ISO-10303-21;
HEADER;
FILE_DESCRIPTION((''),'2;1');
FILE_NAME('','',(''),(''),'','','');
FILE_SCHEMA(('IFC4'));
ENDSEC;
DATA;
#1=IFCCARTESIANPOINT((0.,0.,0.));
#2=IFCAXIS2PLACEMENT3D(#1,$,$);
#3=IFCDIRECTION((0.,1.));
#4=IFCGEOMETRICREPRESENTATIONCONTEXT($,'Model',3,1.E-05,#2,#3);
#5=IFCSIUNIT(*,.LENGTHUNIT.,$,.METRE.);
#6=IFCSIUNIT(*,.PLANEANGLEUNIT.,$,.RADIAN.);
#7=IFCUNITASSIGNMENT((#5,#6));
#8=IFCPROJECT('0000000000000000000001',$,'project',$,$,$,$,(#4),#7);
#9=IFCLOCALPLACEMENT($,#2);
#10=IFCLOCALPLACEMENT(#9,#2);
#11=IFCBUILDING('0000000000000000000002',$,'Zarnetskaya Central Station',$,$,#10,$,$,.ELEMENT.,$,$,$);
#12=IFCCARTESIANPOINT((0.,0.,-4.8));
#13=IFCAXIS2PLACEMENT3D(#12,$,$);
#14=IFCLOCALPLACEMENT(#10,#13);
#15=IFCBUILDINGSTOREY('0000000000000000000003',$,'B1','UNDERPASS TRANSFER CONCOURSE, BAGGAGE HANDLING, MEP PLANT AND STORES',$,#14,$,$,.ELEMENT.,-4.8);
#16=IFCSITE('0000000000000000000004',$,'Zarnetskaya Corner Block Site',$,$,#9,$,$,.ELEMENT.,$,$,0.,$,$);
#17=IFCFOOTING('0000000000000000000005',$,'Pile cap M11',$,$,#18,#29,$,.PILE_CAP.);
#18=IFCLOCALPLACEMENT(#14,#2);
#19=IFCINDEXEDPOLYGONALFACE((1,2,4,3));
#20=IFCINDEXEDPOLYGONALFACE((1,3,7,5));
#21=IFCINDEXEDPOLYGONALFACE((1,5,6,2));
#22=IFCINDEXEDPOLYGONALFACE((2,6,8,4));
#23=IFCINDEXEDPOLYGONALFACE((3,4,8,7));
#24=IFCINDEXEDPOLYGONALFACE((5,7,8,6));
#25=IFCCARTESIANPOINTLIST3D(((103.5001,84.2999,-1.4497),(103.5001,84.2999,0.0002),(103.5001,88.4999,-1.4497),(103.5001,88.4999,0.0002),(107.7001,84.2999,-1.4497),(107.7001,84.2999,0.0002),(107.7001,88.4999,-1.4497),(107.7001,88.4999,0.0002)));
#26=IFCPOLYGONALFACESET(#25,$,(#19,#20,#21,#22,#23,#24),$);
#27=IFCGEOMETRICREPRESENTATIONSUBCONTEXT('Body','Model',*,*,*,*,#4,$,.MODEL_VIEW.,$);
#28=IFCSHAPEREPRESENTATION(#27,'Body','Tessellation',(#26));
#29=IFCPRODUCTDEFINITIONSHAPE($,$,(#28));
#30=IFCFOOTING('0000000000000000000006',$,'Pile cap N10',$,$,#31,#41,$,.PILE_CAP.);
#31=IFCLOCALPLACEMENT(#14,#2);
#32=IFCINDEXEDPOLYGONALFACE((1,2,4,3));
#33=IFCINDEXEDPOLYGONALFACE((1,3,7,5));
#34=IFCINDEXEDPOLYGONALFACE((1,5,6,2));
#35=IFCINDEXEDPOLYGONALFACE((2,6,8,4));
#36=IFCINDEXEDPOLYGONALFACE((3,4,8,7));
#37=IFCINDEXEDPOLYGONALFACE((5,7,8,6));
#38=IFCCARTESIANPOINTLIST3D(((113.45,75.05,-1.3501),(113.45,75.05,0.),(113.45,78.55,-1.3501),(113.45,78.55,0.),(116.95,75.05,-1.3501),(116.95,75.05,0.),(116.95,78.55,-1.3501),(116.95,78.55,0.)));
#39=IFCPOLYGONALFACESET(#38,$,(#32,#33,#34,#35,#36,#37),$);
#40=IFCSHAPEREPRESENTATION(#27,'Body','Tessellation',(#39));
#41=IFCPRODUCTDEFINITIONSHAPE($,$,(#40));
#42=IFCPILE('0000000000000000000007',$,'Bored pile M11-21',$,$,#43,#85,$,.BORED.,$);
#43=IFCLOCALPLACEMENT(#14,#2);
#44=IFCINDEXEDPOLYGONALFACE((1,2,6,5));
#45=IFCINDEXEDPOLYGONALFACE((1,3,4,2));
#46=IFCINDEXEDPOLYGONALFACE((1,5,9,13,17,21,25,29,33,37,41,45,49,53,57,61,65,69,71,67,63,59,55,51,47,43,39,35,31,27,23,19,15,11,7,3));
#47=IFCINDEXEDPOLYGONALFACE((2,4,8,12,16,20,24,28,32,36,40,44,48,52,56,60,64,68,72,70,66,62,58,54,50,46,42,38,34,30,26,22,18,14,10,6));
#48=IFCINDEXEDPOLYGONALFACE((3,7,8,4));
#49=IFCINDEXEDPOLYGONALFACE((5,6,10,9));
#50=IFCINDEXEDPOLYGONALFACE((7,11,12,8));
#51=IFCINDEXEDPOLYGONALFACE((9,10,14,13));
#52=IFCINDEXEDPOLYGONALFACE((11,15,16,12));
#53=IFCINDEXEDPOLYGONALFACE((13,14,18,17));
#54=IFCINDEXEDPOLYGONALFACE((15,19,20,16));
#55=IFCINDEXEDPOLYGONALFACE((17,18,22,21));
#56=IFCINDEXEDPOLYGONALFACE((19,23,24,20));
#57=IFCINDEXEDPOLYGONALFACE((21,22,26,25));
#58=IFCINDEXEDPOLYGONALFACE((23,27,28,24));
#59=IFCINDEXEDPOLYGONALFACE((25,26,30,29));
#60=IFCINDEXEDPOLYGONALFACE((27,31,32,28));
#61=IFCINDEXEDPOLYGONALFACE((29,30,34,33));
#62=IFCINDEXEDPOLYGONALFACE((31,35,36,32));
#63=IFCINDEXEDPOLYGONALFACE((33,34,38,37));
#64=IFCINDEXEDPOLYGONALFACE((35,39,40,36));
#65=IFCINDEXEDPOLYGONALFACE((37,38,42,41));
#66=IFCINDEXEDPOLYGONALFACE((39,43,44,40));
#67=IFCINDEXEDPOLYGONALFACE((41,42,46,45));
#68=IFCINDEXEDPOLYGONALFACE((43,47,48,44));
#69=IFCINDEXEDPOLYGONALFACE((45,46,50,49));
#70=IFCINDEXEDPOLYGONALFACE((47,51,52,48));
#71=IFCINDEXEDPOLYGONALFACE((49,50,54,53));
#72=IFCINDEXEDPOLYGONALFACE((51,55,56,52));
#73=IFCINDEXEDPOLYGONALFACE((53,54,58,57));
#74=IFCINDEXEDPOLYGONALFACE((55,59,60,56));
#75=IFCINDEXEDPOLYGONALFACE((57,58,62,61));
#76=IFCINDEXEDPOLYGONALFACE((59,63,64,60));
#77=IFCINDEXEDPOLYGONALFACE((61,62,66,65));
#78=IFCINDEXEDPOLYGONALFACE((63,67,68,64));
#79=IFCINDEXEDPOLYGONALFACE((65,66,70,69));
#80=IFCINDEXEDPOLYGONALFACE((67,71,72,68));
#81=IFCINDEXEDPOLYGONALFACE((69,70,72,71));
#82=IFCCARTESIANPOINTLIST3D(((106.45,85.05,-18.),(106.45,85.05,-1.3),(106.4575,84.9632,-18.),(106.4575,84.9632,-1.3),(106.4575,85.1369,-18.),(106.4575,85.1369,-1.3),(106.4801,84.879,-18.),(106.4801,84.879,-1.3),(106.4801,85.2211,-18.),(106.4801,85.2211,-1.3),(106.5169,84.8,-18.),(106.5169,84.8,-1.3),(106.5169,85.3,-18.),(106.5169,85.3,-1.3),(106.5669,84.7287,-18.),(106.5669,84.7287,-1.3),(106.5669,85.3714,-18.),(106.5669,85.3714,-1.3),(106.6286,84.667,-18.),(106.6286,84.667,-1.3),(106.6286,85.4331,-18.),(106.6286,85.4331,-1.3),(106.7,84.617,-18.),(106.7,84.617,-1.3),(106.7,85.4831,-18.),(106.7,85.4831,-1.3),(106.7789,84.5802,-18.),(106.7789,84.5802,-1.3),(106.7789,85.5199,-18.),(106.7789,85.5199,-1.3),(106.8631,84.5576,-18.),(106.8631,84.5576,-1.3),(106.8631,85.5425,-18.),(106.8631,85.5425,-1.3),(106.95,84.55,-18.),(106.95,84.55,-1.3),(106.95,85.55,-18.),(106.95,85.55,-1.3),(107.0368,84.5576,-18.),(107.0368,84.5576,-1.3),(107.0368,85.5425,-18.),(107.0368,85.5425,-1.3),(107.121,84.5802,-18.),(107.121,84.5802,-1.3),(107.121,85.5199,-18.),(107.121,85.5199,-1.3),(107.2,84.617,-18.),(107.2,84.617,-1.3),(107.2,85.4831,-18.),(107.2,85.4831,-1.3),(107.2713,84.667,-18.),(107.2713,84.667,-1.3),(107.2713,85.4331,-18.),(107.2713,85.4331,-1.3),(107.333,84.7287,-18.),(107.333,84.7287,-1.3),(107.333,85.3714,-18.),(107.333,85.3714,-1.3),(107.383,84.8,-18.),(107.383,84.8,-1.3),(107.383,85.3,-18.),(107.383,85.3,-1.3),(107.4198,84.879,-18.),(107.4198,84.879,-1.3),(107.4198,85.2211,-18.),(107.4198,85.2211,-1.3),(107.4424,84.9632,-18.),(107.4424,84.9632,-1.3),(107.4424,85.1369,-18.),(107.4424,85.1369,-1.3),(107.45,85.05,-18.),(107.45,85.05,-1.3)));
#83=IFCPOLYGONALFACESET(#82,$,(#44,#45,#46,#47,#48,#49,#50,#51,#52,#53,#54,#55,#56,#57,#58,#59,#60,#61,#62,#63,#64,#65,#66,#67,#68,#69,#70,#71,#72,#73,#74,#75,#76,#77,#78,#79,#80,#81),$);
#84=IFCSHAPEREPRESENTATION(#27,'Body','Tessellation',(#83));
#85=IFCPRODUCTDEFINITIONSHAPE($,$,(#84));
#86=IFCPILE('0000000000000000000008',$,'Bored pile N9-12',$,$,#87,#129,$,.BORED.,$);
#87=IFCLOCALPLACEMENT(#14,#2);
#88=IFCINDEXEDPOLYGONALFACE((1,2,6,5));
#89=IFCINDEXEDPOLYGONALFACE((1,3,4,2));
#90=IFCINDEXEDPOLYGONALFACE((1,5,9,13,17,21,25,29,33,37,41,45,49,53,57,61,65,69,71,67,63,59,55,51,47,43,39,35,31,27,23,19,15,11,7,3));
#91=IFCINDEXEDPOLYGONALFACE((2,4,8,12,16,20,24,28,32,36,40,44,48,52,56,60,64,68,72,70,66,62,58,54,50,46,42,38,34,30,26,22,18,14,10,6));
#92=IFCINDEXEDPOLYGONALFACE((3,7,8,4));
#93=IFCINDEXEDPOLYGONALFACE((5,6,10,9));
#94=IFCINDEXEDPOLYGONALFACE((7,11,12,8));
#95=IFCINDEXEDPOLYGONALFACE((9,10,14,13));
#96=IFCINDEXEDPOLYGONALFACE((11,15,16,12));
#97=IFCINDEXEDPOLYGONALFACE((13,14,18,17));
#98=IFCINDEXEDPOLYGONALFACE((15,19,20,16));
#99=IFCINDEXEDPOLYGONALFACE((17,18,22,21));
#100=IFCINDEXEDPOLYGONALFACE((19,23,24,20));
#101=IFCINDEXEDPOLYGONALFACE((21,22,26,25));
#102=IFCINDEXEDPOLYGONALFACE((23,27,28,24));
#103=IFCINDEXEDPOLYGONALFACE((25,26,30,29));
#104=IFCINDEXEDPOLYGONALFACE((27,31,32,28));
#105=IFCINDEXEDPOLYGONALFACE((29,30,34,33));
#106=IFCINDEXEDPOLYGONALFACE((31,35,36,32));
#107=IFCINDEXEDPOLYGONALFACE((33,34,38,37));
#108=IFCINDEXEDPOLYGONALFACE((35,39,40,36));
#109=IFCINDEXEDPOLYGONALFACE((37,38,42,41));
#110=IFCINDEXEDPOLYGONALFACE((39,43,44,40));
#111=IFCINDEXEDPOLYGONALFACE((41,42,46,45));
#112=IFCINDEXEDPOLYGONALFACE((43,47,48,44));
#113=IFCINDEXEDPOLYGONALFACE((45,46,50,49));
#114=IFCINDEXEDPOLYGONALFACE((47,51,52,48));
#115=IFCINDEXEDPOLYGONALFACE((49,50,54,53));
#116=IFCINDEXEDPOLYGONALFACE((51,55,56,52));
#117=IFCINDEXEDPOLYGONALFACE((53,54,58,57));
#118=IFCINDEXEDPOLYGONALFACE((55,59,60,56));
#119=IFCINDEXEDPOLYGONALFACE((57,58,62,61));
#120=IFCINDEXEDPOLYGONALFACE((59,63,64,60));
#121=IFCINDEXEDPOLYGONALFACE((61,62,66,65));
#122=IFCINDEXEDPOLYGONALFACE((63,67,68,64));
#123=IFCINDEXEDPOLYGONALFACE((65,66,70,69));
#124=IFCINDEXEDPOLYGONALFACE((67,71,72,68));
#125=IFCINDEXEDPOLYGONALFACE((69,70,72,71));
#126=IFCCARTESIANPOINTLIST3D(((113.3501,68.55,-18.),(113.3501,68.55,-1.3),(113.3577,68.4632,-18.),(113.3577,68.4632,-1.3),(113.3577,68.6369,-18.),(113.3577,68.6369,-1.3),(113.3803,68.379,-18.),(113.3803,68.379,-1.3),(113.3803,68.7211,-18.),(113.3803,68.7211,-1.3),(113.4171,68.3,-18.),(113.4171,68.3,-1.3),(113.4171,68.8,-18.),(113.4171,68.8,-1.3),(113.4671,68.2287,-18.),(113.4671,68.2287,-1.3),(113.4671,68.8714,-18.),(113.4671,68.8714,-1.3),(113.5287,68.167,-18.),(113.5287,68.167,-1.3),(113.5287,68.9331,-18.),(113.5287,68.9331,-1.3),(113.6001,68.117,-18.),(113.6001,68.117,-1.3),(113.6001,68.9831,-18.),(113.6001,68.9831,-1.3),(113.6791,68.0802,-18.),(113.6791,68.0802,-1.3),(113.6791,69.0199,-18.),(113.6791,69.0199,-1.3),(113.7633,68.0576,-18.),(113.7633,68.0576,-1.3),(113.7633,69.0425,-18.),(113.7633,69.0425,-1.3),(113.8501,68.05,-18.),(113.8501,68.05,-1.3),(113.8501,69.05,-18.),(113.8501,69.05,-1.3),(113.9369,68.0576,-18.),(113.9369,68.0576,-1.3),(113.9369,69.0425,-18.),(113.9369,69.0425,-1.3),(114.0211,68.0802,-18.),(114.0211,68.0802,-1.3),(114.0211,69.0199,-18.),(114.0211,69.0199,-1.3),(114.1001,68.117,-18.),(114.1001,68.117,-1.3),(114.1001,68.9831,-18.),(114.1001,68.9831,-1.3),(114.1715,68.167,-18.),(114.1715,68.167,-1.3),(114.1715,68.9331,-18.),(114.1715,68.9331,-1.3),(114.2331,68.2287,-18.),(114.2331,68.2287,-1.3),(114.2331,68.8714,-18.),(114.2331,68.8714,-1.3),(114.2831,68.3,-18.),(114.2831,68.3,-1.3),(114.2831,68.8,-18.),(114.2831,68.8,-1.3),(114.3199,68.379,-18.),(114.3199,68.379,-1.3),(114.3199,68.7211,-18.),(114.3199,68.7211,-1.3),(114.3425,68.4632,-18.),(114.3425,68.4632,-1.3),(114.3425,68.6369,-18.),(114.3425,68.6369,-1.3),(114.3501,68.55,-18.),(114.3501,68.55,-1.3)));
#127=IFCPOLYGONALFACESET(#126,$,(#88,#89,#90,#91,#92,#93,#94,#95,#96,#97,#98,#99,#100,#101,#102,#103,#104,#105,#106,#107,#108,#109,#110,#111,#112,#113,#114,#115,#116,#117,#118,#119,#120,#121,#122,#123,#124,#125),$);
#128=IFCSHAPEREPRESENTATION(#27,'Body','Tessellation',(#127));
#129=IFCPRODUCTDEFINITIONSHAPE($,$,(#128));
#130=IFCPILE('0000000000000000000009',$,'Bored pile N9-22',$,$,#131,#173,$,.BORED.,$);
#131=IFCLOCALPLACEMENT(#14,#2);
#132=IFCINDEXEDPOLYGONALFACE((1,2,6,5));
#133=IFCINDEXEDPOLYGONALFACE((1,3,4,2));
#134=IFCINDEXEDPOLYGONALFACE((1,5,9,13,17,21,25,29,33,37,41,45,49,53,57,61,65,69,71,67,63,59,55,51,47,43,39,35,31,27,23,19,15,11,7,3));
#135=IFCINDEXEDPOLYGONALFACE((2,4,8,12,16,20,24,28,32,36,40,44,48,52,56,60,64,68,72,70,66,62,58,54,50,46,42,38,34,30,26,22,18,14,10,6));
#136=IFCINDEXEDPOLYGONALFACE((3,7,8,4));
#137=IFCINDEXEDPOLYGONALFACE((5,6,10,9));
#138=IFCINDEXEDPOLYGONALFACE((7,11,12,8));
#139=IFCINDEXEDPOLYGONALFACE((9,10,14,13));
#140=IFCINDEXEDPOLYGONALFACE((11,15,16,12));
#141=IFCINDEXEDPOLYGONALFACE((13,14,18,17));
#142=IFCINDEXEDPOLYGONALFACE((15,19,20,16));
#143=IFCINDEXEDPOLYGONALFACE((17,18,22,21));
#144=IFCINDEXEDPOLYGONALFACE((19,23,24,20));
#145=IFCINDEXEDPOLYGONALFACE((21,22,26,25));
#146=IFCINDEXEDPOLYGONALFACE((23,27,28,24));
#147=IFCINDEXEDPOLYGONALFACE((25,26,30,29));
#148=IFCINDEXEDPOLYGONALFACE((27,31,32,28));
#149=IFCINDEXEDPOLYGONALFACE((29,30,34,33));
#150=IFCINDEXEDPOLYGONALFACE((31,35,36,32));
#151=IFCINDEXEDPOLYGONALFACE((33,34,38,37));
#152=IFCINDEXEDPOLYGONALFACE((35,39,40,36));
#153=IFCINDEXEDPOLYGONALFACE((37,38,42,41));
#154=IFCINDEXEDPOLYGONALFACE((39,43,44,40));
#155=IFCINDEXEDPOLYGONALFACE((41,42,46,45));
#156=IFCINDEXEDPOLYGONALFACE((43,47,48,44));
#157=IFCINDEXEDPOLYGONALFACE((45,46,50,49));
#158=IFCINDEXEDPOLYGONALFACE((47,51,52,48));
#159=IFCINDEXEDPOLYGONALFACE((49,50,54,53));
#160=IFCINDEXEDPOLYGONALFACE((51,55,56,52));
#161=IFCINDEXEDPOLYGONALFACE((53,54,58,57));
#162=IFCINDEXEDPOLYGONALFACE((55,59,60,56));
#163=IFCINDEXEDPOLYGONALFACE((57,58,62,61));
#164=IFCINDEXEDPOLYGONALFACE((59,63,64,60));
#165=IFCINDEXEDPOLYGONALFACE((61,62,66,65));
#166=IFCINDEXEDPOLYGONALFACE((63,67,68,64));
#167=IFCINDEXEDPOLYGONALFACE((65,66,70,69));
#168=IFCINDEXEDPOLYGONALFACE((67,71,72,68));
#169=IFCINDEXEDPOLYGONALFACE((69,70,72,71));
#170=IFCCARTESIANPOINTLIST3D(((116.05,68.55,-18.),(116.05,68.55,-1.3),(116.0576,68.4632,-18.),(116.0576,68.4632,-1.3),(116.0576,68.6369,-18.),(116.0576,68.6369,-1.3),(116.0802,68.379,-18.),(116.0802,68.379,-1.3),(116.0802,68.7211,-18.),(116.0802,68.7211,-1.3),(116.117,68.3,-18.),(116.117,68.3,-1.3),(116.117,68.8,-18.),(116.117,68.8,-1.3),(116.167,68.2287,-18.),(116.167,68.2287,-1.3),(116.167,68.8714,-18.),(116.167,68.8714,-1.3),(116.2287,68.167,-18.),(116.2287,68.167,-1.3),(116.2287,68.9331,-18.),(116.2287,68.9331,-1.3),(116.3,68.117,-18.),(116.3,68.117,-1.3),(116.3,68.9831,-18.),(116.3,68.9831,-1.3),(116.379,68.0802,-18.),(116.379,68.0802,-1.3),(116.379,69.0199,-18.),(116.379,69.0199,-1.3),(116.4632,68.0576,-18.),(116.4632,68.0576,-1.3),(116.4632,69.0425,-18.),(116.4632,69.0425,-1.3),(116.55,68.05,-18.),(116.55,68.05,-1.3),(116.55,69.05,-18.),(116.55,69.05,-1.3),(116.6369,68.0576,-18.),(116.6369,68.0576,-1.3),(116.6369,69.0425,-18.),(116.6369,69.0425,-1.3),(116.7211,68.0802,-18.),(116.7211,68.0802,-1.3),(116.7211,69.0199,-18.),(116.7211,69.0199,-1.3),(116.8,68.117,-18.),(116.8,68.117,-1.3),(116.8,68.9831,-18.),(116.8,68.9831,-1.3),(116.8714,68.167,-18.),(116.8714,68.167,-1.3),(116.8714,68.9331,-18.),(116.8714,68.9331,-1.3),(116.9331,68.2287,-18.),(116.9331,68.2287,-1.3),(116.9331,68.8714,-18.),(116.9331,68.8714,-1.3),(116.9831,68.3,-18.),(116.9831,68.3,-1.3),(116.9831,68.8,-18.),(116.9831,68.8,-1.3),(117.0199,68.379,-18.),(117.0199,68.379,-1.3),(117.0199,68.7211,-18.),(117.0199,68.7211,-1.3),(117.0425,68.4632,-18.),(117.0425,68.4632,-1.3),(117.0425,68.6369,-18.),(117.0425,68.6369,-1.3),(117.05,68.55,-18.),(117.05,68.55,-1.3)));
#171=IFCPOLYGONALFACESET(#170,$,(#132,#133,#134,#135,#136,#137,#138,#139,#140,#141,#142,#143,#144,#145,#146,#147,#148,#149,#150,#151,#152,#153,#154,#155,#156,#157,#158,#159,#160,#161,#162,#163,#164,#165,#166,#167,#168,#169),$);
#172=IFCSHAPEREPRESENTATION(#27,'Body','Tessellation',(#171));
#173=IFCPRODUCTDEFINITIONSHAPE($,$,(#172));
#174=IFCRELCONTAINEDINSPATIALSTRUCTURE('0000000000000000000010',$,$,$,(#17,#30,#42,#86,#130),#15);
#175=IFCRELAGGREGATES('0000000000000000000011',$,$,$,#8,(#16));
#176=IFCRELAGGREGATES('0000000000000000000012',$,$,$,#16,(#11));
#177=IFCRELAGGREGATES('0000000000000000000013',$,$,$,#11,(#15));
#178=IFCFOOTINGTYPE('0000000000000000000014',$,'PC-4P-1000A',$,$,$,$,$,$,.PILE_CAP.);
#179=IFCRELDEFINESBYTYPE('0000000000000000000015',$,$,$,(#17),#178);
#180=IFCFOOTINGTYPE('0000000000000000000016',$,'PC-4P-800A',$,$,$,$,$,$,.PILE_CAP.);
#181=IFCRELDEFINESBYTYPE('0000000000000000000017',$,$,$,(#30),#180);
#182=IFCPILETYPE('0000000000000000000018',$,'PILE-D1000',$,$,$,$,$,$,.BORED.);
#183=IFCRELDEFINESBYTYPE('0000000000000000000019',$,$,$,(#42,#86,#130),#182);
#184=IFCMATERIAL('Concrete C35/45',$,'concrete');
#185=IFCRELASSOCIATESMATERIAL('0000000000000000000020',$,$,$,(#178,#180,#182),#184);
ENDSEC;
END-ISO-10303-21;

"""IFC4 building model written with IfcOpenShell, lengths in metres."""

from ifc_helpers import new_model, si_unit, direction, frame, origin, origin_2d, place, context, subcontext, project, spatial, rectangle, circle, extrude, material, material_profile, profile_set, type_object, element, save


model = new_model("IFC4")

# Units and contexts
model_context = context("Model", 3, precision=1e-05, world=origin(), true_north=direction((0.0, 1.0)))
body_context = subcontext(model_context, "Body", "Model", "MODEL_VIEW")
ifc_project = project(units=[si_unit("LENGTHUNIT", "METRE"), si_unit("PLANEANGLEUNIT", "RADIAN")], contexts=[model_context])

# Site, building, storey
site_placement = place(None, origin())
site = spatial("IfcSite", under=ifc_project, at=site_placement, Name="Zarnetskaya Corner Block Site", CompositionType="ELEMENT", RefElevation=0.0)
building_placement = place(site_placement, origin())
building = spatial("IfcBuilding", under=site, at=building_placement, Name="Zarnetskaya Central Station", CompositionType="ELEMENT")
storey_placement = place(building_placement, frame((0.0, 0.0, -4.8)))
storey = spatial("IfcBuildingStorey", under=building, at=storey_placement, Name="B1", Description="UNDERPASS TRANSFER CONCOURSE, BAGGAGE HANDLING, MEP PLANT AND STORES", CompositionType="ELEMENT", Elevation=-4.8)

# Footings
ifc_material = material(Name="Concrete C35/45", Category="concrete")
footing_type_1 = type_object("IfcFootingType", Name="PC-4P-1000A", PredefinedType="PILE_CAP", material=ifc_material)
footing_1_placement = place(storey_placement, frame((105.6001, 86.3999, -1.4497), z_axis=(0.0, 0.0, 1.0), x_axis=(1.0, 0.0, 0.0)))
element("IfcFooting", 1, at=footing_1_placement, inside=storey, type_object=footing_type_1, Name="Pile cap M11", PredefinedType="PILE_CAP", context=body_context, shape_type="SweptSolid", body=[
    extrude(rectangle(XDim=4.2, YDim=4.2, at=origin_2d()), origin(), (0.0, 0.0, 1.0), 1.45),
])
footing_type_2 = type_object("IfcFootingType", Name="PC-4P-800A", PredefinedType="PILE_CAP", material=ifc_material)
footing_2_placement = place(storey_placement, frame((115.2, 76.8, -1.3501), z_axis=(0.0, 0.0, 1.0), x_axis=(1.0, 0.0, 0.0)))
element("IfcFooting", 2, at=footing_2_placement, inside=storey, type_object=footing_type_2, Name="Pile cap N10", PredefinedType="PILE_CAP", context=body_context, shape_type="SweptSolid", body=[
    extrude(rectangle(XDim=3.5, YDim=3.5, at=origin_2d()), origin(), (0.0, 0.0, 1.0), 1.3501),
])

# Piles
ifc_material_profile_1 = material_profile(ifc_material, circle(Radius=0.5, at=origin_2d()), Name="BORED PILE D1000")
ifc_profile_set_1 = profile_set([ifc_material_profile_1], Name="Concrete C35/45")
pile_type_1 = type_object("IfcPileType", Name="PILE-D1000", PredefinedType="BORED", material=ifc_profile_set_1)
for number, where, z_axis, x_axis, name in (
    (3, (106.95, 85.05, -1.3), (0.0, 0.0, -1.0), (1.0, 0.0, 0.0), "Bored pile M11-21"),
    (4, (113.8501, 68.55, -1.3), (0.0, 0.0, -1.0), (1.0, 0.0, 0.0), "Bored pile N9-12"),
    (5, (116.55, 68.55, -1.3), (0.0, 0.0, -1.0), (1.0, 0.0, 0.0), "Bored pile N9-22"),
):
    element("IfcPile", number, at=place(storey_placement, frame(where, z_axis=z_axis, x_axis=x_axis)), inside=storey, type_object=pile_type_1, Name=name, PredefinedType="BORED", context=body_context, shape_type="SweptSolid", body=[
        extrude(circle(Radius=0.5, at=origin_2d()), origin(), (0.0, 0.0, 1.0), 16.7),
    ])

save(model, "model.ifc")
